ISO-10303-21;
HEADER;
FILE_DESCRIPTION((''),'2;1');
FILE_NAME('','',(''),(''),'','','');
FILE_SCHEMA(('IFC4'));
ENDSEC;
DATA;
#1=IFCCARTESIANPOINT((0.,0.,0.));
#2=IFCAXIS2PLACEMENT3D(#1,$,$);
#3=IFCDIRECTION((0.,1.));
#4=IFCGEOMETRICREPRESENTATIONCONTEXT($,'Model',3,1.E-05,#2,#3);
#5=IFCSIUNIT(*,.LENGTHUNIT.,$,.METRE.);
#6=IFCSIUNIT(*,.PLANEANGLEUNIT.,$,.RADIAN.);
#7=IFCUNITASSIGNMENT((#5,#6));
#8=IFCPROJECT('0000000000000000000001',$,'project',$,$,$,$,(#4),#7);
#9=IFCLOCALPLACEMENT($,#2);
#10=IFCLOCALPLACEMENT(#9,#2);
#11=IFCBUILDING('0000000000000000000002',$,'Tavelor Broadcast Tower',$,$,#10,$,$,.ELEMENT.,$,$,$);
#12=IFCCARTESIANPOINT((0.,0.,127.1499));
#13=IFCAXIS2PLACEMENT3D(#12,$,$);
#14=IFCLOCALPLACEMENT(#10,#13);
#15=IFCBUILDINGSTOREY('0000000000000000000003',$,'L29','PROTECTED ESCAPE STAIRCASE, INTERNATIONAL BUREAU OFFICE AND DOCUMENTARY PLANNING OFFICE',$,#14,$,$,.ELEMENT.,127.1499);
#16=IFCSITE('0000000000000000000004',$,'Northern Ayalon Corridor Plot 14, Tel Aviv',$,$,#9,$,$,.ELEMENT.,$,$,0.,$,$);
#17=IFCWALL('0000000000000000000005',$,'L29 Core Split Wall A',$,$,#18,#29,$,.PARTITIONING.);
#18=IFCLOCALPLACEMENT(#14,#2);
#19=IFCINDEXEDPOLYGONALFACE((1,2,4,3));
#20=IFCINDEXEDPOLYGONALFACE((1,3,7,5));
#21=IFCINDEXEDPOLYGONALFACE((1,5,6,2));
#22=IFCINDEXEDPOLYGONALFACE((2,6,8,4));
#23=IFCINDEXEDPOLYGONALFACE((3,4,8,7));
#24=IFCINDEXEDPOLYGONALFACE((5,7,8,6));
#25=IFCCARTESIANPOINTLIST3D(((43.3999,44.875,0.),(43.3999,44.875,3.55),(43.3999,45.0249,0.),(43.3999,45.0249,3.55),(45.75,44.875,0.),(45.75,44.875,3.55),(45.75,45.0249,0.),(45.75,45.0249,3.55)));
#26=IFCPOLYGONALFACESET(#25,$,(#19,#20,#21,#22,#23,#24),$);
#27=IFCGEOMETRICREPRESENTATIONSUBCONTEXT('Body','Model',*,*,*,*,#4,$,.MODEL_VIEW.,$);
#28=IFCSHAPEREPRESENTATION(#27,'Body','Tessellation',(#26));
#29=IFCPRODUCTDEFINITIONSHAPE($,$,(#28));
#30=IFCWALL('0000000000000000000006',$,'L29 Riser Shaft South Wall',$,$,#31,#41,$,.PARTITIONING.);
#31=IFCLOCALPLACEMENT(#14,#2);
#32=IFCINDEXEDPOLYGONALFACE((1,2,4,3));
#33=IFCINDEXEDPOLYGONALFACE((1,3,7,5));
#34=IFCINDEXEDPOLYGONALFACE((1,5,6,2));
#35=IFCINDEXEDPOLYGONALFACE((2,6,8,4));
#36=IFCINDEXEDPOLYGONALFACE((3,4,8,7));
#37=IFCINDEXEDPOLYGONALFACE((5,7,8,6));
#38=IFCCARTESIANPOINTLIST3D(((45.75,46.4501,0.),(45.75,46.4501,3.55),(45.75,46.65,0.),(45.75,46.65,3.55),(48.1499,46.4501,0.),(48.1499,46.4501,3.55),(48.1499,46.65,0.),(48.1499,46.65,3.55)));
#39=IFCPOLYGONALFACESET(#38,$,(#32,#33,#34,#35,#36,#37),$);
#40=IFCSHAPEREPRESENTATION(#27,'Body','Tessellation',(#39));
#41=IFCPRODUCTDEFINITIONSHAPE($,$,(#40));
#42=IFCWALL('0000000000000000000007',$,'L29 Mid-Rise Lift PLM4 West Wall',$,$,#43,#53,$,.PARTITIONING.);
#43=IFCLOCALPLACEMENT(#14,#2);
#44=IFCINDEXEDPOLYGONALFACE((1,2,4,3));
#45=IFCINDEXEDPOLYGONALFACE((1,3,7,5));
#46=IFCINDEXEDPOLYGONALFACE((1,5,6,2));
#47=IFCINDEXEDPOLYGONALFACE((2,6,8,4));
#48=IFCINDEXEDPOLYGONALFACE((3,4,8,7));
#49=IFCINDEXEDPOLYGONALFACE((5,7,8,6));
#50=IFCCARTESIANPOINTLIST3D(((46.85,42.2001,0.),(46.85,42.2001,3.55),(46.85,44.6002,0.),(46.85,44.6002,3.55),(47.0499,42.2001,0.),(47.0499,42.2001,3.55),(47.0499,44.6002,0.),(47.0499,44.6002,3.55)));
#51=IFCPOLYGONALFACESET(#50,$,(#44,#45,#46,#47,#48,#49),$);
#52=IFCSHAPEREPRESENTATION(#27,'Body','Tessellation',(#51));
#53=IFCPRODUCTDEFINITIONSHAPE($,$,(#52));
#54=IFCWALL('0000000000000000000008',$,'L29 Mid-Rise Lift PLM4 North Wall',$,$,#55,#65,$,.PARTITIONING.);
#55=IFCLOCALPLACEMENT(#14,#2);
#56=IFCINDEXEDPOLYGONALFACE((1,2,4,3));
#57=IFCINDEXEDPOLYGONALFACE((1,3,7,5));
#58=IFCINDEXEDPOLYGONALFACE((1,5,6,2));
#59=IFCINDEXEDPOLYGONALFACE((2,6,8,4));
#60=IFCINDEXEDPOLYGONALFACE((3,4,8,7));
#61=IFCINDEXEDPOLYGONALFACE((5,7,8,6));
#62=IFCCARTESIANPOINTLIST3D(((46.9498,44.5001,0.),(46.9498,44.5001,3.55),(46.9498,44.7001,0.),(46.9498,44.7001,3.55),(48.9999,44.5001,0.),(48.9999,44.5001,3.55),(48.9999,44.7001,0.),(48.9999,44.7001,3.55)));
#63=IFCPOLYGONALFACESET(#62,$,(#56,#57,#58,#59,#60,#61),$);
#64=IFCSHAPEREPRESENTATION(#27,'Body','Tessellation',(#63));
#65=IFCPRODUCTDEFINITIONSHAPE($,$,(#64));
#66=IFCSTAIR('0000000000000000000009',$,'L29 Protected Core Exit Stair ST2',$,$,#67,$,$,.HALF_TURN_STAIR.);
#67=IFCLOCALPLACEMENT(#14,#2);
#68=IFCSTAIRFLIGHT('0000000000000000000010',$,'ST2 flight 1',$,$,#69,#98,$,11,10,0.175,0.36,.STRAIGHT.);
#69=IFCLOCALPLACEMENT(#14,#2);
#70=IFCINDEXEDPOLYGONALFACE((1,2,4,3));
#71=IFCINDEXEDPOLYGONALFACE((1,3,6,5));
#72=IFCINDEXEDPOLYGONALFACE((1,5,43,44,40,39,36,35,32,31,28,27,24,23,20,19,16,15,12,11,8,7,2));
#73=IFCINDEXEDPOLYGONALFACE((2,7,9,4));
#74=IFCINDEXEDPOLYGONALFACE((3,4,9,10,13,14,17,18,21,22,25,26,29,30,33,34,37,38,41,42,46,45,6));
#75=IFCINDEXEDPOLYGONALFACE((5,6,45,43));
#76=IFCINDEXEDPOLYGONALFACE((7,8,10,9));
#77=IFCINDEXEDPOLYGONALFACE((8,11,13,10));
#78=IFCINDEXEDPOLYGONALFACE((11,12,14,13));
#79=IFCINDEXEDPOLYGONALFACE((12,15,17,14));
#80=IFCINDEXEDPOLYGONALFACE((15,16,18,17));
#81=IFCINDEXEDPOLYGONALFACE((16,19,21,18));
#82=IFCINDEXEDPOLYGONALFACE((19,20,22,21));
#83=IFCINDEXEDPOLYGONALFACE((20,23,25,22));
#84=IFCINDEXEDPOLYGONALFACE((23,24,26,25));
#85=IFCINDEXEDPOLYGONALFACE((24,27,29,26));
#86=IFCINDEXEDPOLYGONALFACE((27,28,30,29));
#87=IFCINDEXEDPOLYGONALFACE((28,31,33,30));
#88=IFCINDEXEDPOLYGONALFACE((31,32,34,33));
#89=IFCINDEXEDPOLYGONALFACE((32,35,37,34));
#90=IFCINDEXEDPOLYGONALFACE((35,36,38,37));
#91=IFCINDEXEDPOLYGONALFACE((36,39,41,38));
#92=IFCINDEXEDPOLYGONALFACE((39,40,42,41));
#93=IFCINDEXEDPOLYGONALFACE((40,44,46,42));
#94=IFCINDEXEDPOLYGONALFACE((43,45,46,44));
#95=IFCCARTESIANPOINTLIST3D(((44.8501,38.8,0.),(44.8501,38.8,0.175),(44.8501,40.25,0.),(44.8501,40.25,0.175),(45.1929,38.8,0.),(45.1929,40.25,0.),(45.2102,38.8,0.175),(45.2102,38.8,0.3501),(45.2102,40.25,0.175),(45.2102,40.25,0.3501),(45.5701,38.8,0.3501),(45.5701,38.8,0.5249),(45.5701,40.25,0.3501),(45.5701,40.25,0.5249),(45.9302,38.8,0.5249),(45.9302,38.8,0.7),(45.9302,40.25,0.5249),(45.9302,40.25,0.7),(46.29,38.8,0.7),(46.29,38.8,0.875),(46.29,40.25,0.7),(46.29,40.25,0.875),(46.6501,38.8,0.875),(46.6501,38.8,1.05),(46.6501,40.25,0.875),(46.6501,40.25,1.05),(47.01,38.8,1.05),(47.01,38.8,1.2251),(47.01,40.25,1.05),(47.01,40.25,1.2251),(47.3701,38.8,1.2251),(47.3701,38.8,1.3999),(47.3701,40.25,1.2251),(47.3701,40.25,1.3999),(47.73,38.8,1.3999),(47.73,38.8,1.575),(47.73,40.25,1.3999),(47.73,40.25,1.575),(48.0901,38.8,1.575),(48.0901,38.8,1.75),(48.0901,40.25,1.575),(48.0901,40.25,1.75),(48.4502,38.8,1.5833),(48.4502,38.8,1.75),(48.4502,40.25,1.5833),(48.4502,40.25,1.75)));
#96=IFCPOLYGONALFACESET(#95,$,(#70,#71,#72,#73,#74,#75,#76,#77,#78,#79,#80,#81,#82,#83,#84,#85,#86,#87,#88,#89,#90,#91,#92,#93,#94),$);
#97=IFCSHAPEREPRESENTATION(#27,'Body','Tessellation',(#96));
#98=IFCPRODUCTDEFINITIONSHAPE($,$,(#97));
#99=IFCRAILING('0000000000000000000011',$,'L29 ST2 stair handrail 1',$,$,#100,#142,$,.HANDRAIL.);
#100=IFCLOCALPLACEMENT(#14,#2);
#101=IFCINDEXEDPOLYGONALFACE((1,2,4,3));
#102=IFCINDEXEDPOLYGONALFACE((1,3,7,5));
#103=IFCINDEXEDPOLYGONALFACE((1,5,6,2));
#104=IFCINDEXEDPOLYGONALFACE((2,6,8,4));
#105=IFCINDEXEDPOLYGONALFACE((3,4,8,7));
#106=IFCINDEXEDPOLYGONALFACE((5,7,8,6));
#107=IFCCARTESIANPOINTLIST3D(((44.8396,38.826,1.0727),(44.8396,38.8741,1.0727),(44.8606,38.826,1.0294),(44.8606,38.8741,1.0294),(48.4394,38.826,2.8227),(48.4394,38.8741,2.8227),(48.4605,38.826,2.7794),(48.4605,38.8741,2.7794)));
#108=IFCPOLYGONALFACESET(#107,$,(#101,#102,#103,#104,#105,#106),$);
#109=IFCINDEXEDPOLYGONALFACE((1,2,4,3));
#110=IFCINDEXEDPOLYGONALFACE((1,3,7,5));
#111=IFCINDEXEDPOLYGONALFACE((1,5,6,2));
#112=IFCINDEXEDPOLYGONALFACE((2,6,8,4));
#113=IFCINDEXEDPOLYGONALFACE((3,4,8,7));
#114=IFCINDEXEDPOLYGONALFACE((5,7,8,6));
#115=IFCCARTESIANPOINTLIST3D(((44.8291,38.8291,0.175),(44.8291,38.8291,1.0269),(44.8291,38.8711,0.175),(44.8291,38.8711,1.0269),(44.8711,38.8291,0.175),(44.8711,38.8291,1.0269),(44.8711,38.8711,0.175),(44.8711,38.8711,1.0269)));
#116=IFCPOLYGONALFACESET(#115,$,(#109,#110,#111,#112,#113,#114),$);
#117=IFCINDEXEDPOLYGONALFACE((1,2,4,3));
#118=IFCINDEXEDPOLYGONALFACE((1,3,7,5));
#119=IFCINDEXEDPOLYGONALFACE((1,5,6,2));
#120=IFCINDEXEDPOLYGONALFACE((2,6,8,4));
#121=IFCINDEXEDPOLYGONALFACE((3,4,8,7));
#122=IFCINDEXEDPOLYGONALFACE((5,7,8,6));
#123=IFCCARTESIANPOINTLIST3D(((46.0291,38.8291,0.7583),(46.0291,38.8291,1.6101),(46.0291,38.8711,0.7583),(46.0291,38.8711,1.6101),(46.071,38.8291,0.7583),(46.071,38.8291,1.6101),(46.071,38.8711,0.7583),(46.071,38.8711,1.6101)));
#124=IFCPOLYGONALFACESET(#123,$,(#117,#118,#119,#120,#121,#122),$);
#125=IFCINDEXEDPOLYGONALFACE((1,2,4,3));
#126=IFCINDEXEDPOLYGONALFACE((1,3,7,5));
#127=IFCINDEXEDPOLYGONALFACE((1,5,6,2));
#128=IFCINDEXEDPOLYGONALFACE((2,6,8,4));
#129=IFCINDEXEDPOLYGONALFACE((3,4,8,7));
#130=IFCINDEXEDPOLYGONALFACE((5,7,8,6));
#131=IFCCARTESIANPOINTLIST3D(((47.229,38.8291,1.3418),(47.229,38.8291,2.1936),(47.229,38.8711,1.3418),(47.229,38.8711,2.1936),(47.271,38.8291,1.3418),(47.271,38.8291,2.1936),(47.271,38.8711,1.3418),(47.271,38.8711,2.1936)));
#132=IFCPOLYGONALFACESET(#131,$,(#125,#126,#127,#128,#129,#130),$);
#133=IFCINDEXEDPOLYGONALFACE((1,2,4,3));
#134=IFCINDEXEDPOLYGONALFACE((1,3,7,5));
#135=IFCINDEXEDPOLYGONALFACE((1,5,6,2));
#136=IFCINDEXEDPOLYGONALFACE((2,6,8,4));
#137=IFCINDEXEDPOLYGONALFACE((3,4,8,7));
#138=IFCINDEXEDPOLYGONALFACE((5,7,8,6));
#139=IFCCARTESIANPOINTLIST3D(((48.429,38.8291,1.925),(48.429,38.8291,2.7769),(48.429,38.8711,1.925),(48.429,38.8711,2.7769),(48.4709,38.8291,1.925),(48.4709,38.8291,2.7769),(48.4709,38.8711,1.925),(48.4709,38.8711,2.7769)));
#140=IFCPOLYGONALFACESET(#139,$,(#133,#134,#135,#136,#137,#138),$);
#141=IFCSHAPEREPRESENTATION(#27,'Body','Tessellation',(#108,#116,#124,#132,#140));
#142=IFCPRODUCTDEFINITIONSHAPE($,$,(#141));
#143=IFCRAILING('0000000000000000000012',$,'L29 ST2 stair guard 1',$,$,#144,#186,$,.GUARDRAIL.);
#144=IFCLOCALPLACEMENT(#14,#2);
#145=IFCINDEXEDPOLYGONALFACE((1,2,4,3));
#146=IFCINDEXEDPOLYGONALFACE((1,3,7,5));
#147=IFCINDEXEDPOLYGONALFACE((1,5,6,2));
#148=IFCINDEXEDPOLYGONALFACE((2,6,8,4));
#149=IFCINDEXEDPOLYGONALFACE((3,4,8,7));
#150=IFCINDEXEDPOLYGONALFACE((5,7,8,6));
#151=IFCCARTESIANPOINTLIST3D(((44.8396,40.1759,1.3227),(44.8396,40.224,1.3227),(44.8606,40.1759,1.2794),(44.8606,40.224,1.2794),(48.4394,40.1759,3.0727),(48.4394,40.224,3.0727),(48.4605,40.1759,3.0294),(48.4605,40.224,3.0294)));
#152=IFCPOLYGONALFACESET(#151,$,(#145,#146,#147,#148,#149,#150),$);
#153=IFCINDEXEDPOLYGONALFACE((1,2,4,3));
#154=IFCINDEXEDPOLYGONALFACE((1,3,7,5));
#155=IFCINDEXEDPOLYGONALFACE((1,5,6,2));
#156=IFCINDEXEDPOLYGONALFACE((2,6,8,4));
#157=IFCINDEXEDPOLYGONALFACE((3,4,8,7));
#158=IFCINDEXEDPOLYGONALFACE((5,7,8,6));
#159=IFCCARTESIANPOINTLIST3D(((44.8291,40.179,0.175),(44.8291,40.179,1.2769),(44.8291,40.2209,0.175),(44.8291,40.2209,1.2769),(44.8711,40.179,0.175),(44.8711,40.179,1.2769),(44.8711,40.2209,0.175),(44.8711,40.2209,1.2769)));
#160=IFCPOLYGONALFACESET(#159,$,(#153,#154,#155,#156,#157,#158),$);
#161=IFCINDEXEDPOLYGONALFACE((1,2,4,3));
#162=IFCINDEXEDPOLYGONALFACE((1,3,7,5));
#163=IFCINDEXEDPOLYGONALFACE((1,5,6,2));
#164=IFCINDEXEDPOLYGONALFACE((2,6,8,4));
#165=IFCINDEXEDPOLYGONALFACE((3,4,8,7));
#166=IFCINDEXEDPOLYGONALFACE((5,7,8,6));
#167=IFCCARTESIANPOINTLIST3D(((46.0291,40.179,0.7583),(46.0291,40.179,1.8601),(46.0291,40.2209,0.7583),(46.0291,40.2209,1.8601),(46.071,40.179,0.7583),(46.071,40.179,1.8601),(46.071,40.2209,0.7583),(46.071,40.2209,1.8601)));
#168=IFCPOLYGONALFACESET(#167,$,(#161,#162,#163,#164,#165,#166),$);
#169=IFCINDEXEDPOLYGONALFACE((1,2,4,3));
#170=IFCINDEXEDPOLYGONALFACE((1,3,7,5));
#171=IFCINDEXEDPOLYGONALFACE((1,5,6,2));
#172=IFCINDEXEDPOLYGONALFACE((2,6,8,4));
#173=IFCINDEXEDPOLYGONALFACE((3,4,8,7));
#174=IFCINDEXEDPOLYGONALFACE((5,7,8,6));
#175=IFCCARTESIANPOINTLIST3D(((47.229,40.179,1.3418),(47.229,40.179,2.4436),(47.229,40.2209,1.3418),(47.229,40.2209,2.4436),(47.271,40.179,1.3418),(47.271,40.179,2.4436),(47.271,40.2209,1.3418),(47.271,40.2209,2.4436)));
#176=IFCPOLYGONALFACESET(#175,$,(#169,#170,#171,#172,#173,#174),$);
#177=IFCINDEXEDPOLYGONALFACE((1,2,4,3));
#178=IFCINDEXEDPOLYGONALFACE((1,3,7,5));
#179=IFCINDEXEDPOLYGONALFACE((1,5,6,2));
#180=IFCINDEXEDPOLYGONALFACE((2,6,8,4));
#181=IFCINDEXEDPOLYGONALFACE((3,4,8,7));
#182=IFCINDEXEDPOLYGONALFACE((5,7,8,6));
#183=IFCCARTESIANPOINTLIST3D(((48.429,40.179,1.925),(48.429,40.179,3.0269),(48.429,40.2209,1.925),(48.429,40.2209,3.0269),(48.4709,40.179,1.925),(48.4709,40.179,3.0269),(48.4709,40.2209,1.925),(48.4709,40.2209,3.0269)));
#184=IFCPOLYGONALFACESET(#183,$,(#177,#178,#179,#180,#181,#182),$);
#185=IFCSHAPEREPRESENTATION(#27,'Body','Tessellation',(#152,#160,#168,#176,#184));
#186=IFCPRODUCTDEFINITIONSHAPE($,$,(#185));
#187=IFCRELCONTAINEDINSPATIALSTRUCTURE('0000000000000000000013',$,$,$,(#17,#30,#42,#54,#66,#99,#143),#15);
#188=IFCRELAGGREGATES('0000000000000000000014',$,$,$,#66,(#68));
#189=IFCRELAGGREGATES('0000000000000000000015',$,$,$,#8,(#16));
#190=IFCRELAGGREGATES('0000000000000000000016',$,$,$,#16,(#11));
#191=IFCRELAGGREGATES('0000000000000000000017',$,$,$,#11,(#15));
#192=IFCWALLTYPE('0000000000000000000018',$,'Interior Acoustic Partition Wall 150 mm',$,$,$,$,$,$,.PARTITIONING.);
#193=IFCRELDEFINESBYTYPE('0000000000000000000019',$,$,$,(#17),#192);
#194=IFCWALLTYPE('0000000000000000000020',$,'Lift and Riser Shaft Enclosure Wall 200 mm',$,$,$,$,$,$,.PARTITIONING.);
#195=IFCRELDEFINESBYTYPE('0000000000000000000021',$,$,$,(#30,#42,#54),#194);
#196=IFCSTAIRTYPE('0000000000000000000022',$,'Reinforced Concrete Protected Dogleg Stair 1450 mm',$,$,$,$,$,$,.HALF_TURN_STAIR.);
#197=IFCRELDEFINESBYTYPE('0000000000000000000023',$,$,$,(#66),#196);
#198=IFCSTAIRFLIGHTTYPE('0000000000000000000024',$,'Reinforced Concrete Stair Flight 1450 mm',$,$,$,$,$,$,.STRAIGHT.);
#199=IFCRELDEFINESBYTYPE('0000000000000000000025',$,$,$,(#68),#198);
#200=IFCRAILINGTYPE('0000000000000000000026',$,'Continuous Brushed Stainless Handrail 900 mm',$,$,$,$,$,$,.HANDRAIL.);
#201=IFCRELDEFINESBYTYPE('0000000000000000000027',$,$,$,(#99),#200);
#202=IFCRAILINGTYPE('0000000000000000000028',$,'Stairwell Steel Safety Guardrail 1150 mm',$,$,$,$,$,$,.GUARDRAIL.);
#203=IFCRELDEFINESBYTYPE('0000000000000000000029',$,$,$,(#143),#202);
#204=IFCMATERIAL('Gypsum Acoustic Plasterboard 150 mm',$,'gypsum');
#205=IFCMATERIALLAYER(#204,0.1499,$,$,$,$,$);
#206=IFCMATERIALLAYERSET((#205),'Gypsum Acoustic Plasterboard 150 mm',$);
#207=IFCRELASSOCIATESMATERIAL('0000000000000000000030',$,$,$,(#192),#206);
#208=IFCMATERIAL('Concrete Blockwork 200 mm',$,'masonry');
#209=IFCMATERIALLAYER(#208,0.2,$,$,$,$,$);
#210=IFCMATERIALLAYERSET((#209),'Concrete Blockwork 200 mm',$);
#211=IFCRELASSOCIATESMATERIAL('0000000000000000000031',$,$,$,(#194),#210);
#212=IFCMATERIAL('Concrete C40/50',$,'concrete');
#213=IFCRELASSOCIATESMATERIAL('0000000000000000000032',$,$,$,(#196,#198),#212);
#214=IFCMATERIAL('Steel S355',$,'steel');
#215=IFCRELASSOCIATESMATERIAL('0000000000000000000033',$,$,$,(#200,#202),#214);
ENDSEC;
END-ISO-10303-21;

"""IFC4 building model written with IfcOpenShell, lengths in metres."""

from ifc_helpers import new_model, si_unit, direction, frame, frame_2d, origin, origin_2d, place, context, subcontext, project, spatial, polyline, rectangle, outline, extrude, material, layer, layer_set, type_object, element, aggregate, save


model = new_model("IFC4")

# Units and contexts
model_context = context("Model", 3, precision=1e-05, world=origin(), true_north=direction((0.0, 1.0)))
body_context = subcontext(model_context, "Body", "Model", "MODEL_VIEW")
ifc_project = project(units=[si_unit("LENGTHUNIT", "METRE"), si_unit("PLANEANGLEUNIT", "RADIAN")], contexts=[model_context])

# Site, building, storey
site_placement = place(None, origin())
site = spatial("IfcSite", under=ifc_project, at=site_placement, Name="Northern Ayalon Corridor Plot 14, Tel Aviv", CompositionType="ELEMENT", RefElevation=0.0)
building_placement = place(site_placement, origin())
building = spatial("IfcBuilding", under=site, at=building_placement, Name="Tavelor Broadcast Tower", CompositionType="ELEMENT")
storey_placement = place(building_placement, frame((0.0, 0.0, 127.1499)))
storey = spatial("IfcBuildingStorey", under=building, at=storey_placement, Name="L29", Description="PROTECTED ESCAPE STAIRCASE, INTERNATIONAL BUREAU OFFICE AND DOCUMENTARY PLANNING OFFICE", CompositionType="ELEMENT", Elevation=127.1499)

# Shared definitions
ifc_material_1 = material(Name="Concrete C40/50", Category="concrete")
ifc_material_2 = material(Name="Steel S355", Category="steel")

# Walls
ifc_material_3 = material(Name="Gypsum Acoustic Plasterboard 150 mm", Category="gypsum")
ifc_layer_1 = layer(ifc_material_3, 0.1499)
ifc_layer_set_1 = layer_set([ifc_layer_1], Name="Gypsum Acoustic Plasterboard 150 mm")
wall_type_1 = type_object("IfcWallType", Name="Interior Acoustic Partition Wall 150 mm", PredefinedType="PARTITIONING", material=ifc_layer_set_1)
wall_1_placement = place(storey_placement, frame((43.3999, 44.95, 0.0), z_axis=(0.0, 0.0, 1.0), x_axis=(1.0, 0.0, 0.0)))
element("IfcWall", 1, at=wall_1_placement, inside=storey, type_object=wall_type_1, Name="L29 Core Split Wall A", PredefinedType="PARTITIONING", context=body_context, shape_type="SweptSolid", body=[
    extrude(rectangle(XDim=2.3501, YDim=0.1499, at=frame_2d((1.175, 0.0))), origin(), (0.0, 0.0, 1.0), 3.55),
])
ifc_material_4 = material(Name="Concrete Blockwork 200 mm", Category="masonry")
ifc_layer_2 = layer(ifc_material_4, 0.2)
ifc_layer_set_2 = layer_set([ifc_layer_2], Name="Concrete Blockwork 200 mm")
wall_type_2 = type_object("IfcWallType", Name="Lift and Riser Shaft Enclosure Wall 200 mm", PredefinedType="PARTITIONING", material=ifc_layer_set_2)
wall_2_placement = place(storey_placement, frame((45.75, 46.55, 0.0), z_axis=(0.0, 0.0, 1.0), x_axis=(1.0, 0.0, 0.0)))
element("IfcWall", 2, at=wall_2_placement, inside=storey, type_object=wall_type_2, Name="L29 Riser Shaft South Wall", PredefinedType="PARTITIONING", context=body_context, shape_type="SweptSolid", body=[
    extrude(rectangle(XDim=2.3999, YDim=0.2, at=frame_2d((1.2, 0.0))), origin(), (0.0, 0.0, 1.0), 3.55),
])
wall_3_placement = place(storey_placement, frame((46.95, 42.2, 0.0), z_axis=(0.0, 0.0, 1.0), x_axis=(0.0, 1.0, 0.0)))
element("IfcWall", 3, at=wall_3_placement, inside=storey, type_object=wall_type_2, Name="L29 Mid-Rise Lift PLM4 West Wall", PredefinedType="PARTITIONING", context=body_context, shape_type="SweptSolid", body=[
    extrude(rectangle(XDim=2.4001, YDim=0.2, at=frame_2d((1.2002, 0.0))), origin(), (0.0, 0.0, 1.0), 3.55),
])
wall_4_placement = place(storey_placement, frame((46.95, 44.6001, 0.0), z_axis=(0.0, 0.0, 1.0), x_axis=(1.0, 0.0, 0.0)))
element("IfcWall", 4, at=wall_4_placement, inside=storey, type_object=wall_type_2, Name="L29 Mid-Rise Lift PLM4 North Wall", PredefinedType="PARTITIONING", context=body_context, shape_type="SweptSolid", body=[
    extrude(rectangle(XDim=2.05, YDim=0.2, at=frame_2d((1.0249, 0.0))), origin(), (0.0, 0.0, 1.0), 3.55),
])

# Stair, stair flight
stair_type = type_object("IfcStairType", Name="Reinforced Concrete Protected Dogleg Stair 1450 mm", PredefinedType="HALF_TURN_STAIR", material=ifc_material_1)
stair_placement = place(storey_placement, origin())
stair = element("IfcStair", 5, at=stair_placement, inside=storey, type_object=stair_type, Name="L29 Protected Core Exit Stair ST2", PredefinedType="HALF_TURN_STAIR")
stair_flight_type = type_object("IfcStairFlightType", Name="Reinforced Concrete Stair Flight 1450 mm", PredefinedType="STRAIGHT", material=ifc_material_1)
stair_flight_placement = place(storey_placement, frame((44.8501, 39.5249, 0.0), z_axis=(0.0, 0.0, 1.0), x_axis=(1.0, 0.0, 0.0)))
stair_flight = element("IfcStairFlight", 6, at=stair_flight_placement, type_object=stair_flight_type, Name="ST2 flight 1", NumberOfRisers=11, NumberOfTreads=10, PredefinedType="STRAIGHT", RiserHeight=0.175, TreadLength=0.36, context=body_context, shape_type="SweptSolid", body=[
    extrude(outline(polyline([(0.0, 0.0), (0.0, 0.175), (0.3601, 0.175), (0.3601, 0.3501), (0.72, 0.3501), (0.72, 0.5249), (1.0801, 0.5249), (1.0801, 0.7), (1.4399, 0.7), (1.4399, 0.875), (1.8, 0.875), (1.8, 1.05), (2.1599, 1.05), (2.1599, 1.2251), (2.52, 1.2251), (2.52, 1.3999), (2.8799, 1.3999), (2.8799, 1.575), (3.24, 1.575), (3.24, 1.75), (3.6001, 1.75), (3.6001, 1.925), (3.6001, 1.5833), (0.3428, 0.0), (0.0, 0.0)])), frame((0.0, 0.7251, 0.0), z_axis=(0.0, -1.0, 0.0), x_axis=(1.0, 0.0, 0.0)), (0.0, 0.0, 1.0), 1.45),
])
aggregate(stair, [stair_flight])

# Railings
railing_type_1 = type_object("IfcRailingType", Name="Continuous Brushed Stainless Handrail 900 mm", PredefinedType="HANDRAIL", material=ifc_material_2)
railing_1_placement = place(storey_placement, frame((44.8501, 38.8501, 0.175)))
element("IfcRailing", 7, at=railing_1_placement, inside=storey, type_object=railing_type_1, Name="L29 ST2 stair handrail 1", PredefinedType="HANDRAIL", context=body_context, shape_type="SweptSolid", body=[
    extrude(rectangle(XDim=0.0481, YDim=0.0481, at=origin_2d()), frame((0.0, 0.0, 0.876), z_axis=(0.899361, 0.0, 0.437207), x_axis=(0.0, 1.0, 0.0)), (0.0, 0.0, 1.0), 4.0027),
    extrude(rectangle(XDim=0.042, YDim=0.042, at=origin_2d()), origin(), (0.0, 0.0, 1.0), 0.8518),
    extrude(rectangle(XDim=0.042, YDim=0.042, at=origin_2d()), frame((1.2, 0.0, 0.5833)), (0.0, 0.0, 1.0), 0.8518),
    extrude(rectangle(XDim=0.042, YDim=0.042, at=origin_2d()), frame((2.3999, 0.0, 1.1667)), (0.0, 0.0, 1.0), 0.8518),
    extrude(rectangle(XDim=0.042, YDim=0.042, at=origin_2d()), frame((3.5999, 0.0, 1.75)), (0.0, 0.0, 1.0), 0.8518),
])
railing_type_2 = type_object("IfcRailingType", Name="Stairwell Steel Safety Guardrail 1150 mm", PredefinedType="GUARDRAIL", material=ifc_material_2)
railing_2_placement = place(storey_placement, frame((44.8501, 40.2, 0.175)))
element("IfcRailing", 8, at=railing_2_placement, inside=storey, type_object=railing_type_2, Name="L29 ST2 stair guard 1", PredefinedType="GUARDRAIL", context=body_context, shape_type="SweptSolid", body=[
    extrude(rectangle(XDim=0.0481, YDim=0.0481, at=origin_2d()), frame((0.0, 0.0, 1.126), z_axis=(0.899361, 0.0, 0.437207), x_axis=(0.0, 1.0, 0.0)), (0.0, 0.0, 1.0), 4.0027),
    extrude(rectangle(XDim=0.042, YDim=0.042, at=origin_2d()), origin(), (0.0, 0.0, 1.0), 1.1018),
    extrude(rectangle(XDim=0.042, YDim=0.042, at=origin_2d()), frame((1.2, 0.0, 0.5833)), (0.0, 0.0, 1.0), 1.1018),
    extrude(rectangle(XDim=0.042, YDim=0.042, at=origin_2d()), frame((2.3999, 0.0, 1.1667)), (0.0, 0.0, 1.0), 1.1018),
    extrude(rectangle(XDim=0.042, YDim=0.042, at=origin_2d()), frame((3.5999, 0.0, 1.75)), (0.0, 0.0, 1.0), 1.1018),
])

save(model, "model.ifc")
